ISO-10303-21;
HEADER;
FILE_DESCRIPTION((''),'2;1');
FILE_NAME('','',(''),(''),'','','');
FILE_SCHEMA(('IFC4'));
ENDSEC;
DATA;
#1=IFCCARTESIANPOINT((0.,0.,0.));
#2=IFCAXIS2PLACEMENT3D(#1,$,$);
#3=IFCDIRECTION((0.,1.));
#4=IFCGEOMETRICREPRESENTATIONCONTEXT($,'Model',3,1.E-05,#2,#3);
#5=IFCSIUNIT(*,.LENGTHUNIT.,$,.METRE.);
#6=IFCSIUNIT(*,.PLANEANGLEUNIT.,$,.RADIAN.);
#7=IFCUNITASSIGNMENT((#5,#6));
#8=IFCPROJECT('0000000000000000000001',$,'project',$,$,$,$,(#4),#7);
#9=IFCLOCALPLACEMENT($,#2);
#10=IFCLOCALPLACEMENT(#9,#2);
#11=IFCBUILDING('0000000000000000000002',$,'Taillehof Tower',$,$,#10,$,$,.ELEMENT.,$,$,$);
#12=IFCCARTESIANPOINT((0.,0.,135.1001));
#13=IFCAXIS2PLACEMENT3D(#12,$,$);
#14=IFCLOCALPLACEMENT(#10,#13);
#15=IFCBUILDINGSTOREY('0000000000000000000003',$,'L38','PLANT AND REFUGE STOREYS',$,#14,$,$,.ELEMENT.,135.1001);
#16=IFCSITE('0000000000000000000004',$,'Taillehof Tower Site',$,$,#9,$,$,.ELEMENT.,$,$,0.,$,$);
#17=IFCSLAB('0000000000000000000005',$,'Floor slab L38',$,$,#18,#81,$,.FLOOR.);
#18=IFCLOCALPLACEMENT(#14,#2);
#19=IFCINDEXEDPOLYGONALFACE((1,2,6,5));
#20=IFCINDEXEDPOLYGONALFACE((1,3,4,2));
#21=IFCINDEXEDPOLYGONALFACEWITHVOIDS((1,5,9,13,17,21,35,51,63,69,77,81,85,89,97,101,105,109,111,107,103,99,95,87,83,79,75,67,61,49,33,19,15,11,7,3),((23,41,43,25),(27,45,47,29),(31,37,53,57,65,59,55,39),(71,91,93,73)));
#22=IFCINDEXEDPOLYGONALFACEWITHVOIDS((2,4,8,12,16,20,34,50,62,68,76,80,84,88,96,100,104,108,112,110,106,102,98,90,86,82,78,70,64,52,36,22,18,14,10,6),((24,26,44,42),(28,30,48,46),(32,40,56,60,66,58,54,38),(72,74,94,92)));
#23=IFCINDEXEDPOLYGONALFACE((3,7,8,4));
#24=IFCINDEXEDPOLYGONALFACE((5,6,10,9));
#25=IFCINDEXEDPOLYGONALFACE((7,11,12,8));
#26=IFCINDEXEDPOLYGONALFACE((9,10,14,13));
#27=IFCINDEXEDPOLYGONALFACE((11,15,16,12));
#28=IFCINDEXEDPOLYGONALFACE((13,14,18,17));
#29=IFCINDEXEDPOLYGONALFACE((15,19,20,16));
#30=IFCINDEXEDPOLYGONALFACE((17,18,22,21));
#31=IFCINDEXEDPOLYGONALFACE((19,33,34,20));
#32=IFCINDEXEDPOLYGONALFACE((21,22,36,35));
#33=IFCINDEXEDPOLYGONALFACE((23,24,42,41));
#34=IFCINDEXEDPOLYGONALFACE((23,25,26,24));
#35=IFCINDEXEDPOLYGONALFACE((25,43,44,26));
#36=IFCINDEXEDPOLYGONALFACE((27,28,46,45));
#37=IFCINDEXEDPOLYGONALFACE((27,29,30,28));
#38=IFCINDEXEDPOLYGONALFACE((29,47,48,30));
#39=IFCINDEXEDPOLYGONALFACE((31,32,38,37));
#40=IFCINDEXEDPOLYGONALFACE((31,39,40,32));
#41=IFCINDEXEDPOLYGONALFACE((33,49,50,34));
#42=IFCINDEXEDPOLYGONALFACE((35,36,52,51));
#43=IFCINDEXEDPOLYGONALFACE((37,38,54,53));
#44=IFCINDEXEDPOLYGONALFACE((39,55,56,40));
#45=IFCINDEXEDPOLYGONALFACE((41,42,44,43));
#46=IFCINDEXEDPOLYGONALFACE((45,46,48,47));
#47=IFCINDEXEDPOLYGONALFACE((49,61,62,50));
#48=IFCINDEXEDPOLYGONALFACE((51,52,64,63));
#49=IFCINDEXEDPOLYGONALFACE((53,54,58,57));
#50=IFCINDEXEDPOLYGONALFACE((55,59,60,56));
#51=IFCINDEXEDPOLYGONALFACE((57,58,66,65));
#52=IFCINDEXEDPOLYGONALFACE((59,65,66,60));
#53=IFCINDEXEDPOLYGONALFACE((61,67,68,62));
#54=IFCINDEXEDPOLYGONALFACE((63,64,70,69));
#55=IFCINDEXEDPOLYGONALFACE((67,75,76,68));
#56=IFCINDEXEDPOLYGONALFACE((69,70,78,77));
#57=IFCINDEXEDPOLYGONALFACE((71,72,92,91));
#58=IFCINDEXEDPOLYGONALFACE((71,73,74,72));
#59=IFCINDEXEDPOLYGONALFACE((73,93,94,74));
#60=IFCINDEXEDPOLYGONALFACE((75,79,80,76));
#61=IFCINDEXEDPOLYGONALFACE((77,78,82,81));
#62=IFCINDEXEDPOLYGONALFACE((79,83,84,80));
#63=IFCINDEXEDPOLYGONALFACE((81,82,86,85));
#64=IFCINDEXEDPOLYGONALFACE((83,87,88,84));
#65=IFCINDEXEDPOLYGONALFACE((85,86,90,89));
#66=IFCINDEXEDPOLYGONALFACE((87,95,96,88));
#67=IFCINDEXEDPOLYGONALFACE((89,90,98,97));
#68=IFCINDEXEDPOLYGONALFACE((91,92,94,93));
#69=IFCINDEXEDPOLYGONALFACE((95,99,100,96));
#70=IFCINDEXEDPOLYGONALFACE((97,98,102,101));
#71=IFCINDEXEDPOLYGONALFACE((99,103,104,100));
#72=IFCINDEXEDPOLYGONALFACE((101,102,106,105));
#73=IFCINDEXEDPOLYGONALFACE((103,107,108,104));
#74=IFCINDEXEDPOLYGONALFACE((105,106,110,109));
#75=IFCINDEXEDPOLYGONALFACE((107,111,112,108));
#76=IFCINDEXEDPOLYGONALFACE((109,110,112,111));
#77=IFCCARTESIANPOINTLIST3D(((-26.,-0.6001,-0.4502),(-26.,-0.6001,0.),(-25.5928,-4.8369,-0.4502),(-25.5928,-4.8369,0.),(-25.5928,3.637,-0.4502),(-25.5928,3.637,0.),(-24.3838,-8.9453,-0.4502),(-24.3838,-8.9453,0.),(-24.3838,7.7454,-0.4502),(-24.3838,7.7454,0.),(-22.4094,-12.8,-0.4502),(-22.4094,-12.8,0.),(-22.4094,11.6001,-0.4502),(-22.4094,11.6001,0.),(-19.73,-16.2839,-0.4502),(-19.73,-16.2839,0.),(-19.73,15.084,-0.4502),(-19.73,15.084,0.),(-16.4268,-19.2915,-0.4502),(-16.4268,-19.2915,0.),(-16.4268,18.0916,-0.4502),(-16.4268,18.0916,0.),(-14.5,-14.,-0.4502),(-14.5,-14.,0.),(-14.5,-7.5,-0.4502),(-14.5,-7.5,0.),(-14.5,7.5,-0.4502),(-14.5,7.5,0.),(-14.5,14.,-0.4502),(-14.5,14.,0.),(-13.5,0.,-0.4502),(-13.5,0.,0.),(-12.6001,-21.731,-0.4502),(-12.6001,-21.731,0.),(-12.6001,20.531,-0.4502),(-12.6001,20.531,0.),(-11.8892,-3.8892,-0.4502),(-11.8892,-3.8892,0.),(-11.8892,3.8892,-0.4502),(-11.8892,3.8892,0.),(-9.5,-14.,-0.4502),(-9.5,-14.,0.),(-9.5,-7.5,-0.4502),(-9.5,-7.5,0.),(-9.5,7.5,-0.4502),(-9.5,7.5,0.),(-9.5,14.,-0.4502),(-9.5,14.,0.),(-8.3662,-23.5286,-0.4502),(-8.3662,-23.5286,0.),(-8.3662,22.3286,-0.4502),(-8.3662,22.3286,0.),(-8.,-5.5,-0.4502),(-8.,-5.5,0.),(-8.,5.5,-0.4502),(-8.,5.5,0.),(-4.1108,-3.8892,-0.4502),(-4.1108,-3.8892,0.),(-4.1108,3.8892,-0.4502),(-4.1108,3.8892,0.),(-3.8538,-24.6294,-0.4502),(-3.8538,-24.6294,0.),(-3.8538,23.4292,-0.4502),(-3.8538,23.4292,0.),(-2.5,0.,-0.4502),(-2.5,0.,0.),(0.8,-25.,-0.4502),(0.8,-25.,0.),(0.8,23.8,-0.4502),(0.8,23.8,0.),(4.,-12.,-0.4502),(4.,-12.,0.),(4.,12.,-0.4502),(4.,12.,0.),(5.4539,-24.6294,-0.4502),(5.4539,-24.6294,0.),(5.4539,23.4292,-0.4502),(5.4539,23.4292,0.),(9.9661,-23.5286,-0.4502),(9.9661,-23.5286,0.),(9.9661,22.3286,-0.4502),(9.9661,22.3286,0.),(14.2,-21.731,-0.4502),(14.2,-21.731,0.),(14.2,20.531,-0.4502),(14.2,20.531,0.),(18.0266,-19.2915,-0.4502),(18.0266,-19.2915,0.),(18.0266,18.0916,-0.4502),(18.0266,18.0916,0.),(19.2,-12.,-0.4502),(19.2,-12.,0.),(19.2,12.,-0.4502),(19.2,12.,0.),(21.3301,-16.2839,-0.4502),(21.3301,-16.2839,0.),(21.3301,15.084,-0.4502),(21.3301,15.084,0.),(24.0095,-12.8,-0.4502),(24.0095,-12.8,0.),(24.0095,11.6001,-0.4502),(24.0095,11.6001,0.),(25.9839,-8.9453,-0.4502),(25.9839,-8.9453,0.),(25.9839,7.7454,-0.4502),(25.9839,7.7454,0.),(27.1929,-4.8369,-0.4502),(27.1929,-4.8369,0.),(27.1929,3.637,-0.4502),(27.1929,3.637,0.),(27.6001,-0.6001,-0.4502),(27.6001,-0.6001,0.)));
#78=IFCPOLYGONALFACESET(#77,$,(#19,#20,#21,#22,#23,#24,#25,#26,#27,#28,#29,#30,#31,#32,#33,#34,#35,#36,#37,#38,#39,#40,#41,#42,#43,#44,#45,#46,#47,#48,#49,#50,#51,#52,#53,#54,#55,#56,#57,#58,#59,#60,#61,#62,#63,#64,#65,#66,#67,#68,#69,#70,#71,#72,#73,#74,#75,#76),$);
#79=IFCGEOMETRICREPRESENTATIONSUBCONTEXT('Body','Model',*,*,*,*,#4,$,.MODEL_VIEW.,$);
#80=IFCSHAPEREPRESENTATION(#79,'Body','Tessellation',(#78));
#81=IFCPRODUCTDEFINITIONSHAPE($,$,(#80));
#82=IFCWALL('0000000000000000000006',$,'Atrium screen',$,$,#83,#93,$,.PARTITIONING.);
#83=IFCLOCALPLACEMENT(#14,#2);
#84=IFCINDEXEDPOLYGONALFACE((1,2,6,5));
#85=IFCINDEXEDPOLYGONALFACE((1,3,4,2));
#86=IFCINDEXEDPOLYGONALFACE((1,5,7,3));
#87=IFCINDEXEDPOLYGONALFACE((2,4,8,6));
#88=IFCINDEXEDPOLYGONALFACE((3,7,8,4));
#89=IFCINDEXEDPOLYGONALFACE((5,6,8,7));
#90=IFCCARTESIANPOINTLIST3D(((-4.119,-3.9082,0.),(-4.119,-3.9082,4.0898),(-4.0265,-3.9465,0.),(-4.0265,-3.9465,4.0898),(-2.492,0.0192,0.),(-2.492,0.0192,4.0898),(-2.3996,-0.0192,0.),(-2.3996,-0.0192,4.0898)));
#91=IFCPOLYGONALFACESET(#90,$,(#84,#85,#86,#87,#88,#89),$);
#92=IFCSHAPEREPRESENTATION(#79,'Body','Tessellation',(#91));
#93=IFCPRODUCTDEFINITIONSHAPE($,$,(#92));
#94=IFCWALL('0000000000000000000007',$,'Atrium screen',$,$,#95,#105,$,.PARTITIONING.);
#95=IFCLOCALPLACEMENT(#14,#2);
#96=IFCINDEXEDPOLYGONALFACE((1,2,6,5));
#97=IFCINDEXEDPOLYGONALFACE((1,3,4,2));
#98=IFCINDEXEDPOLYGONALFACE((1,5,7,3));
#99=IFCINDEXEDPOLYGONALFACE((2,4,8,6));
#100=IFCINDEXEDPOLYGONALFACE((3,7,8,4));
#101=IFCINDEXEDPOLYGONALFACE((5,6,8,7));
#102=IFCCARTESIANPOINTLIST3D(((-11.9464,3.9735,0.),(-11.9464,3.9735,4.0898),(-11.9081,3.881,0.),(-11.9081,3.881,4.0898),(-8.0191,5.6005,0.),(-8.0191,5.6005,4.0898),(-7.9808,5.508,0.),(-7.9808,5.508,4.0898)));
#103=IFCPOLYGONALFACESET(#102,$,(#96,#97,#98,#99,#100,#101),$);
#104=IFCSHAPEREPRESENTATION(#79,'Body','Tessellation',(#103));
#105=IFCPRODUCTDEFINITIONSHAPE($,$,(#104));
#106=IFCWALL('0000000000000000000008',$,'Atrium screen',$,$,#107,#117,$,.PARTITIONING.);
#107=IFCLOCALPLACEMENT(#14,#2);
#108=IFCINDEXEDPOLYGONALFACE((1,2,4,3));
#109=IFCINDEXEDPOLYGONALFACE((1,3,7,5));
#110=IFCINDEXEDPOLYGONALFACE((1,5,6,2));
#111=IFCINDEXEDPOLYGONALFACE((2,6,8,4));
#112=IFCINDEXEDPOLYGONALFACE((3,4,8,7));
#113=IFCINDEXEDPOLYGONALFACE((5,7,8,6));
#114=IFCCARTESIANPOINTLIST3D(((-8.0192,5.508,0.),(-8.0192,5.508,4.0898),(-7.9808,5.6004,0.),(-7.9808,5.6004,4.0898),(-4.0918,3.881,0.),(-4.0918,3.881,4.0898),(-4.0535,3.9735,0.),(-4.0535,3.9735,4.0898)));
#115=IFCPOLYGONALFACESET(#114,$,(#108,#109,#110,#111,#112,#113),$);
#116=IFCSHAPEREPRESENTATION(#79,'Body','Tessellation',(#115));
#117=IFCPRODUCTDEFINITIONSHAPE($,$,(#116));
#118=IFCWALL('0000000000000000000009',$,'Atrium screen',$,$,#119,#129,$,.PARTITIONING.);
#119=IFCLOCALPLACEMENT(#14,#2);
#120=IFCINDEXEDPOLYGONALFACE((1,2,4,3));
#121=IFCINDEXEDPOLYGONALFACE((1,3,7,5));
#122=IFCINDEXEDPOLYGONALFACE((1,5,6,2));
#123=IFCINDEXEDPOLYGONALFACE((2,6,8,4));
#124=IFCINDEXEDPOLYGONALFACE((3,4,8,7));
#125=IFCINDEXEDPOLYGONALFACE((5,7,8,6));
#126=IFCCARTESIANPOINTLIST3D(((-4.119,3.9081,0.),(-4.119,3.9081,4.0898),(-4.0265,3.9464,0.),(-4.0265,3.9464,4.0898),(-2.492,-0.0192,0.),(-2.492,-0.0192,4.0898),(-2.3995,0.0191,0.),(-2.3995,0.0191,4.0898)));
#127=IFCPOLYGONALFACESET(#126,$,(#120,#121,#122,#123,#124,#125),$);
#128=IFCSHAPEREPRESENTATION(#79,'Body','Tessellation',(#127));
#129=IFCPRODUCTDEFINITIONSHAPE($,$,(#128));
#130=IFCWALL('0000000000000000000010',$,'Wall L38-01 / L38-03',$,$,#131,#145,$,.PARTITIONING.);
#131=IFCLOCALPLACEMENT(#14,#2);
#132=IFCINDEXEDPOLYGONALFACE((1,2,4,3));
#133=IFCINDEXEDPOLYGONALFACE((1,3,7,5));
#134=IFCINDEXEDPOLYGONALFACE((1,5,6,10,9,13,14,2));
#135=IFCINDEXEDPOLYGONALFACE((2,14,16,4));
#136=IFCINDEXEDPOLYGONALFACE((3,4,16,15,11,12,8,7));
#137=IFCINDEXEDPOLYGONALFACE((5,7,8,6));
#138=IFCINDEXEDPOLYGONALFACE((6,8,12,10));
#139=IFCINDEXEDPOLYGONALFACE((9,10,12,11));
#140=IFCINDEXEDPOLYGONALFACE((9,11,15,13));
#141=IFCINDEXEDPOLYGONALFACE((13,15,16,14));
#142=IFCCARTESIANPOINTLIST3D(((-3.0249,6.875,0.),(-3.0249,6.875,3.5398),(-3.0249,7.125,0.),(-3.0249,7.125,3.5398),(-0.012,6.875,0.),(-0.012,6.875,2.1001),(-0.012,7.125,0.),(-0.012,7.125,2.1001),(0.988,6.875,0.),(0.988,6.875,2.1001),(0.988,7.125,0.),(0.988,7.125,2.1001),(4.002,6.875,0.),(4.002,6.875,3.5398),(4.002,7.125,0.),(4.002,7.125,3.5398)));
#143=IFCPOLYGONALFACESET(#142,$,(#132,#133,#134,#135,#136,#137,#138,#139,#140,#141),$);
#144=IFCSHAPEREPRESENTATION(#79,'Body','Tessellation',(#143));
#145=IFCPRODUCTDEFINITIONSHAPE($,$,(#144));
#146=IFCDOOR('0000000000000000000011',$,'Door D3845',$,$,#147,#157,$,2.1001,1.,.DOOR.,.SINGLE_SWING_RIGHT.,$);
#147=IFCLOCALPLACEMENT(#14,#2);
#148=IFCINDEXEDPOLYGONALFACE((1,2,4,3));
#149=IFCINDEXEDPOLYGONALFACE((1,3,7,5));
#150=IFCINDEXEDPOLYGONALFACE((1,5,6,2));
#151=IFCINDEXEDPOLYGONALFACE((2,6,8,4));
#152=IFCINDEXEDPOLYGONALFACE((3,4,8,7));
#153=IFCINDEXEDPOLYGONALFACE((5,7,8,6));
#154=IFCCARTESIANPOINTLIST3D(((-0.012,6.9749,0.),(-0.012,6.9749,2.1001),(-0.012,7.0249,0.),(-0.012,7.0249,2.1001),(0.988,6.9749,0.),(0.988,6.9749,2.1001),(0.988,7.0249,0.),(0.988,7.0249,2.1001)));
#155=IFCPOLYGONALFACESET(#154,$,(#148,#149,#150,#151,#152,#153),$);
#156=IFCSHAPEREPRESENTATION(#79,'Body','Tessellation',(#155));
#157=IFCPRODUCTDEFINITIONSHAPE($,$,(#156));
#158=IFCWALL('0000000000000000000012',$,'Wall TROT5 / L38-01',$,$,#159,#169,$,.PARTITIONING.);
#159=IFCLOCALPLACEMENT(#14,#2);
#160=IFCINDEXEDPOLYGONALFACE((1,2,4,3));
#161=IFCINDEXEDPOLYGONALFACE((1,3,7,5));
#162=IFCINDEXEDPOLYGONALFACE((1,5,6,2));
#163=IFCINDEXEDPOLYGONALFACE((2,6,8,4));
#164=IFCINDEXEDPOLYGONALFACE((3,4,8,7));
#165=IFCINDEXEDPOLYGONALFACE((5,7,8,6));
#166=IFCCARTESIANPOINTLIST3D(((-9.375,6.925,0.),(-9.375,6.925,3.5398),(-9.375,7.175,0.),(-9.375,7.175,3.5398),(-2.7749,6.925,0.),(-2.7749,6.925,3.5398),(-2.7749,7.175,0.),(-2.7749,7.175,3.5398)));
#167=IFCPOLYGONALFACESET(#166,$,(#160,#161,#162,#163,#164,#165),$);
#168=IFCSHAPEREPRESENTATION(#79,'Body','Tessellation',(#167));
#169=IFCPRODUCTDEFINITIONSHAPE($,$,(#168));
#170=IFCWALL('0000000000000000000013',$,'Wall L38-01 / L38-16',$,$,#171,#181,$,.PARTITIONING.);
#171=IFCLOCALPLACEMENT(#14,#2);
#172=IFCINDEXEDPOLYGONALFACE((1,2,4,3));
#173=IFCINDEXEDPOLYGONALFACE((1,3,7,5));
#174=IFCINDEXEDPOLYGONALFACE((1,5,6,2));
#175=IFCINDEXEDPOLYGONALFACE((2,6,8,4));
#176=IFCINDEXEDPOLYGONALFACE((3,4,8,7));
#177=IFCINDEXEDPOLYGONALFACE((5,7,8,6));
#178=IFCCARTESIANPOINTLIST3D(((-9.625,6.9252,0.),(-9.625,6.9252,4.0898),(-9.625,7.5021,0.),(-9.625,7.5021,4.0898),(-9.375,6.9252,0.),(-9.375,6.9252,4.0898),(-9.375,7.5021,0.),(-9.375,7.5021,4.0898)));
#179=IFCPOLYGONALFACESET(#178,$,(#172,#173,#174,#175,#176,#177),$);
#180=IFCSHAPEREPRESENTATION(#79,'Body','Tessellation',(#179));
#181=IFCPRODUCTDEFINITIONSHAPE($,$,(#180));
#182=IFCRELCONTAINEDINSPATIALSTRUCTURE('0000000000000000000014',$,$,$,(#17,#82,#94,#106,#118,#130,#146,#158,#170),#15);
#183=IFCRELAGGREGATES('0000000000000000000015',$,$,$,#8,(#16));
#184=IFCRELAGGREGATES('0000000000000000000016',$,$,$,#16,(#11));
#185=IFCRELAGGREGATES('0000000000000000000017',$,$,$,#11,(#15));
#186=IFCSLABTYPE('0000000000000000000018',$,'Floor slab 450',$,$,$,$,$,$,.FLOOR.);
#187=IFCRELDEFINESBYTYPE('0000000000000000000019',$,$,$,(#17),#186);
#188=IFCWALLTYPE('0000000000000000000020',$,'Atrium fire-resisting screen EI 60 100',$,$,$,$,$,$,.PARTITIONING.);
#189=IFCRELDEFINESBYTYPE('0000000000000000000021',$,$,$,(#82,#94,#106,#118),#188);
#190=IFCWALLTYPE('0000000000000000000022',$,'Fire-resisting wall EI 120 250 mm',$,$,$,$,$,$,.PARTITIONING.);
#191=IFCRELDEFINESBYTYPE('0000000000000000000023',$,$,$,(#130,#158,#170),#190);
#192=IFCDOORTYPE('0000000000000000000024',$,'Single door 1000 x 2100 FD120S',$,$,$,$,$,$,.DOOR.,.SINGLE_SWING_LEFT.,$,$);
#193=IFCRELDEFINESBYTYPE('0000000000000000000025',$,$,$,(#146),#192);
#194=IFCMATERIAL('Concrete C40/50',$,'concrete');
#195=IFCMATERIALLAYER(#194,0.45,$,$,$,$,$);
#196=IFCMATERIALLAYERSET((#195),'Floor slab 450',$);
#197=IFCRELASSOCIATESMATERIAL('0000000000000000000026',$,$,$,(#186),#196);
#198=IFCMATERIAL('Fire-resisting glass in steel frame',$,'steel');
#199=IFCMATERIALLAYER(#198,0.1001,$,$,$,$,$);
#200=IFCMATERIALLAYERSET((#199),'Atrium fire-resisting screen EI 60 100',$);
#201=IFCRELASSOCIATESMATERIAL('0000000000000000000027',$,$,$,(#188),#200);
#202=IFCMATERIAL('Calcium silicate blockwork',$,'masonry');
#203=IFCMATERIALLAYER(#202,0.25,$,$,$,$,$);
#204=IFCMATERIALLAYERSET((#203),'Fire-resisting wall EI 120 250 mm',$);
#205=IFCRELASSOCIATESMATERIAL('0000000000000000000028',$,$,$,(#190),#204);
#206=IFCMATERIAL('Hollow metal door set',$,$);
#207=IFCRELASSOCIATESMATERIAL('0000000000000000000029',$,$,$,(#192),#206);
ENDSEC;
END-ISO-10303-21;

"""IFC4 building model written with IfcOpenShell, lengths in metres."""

from ifc_helpers import new_model, si_unit, direction, frame, frame_2d, origin, place, context, subcontext, project, spatial, polyline, rectangle, outline, extrude, material, layer, layer_set, type_object, element, fill, save


model = new_model("IFC4")

# Units and contexts
model_context = context("Model", 3, precision=1e-05, world=origin(), true_north=direction((0.0, 1.0)))
body_context = subcontext(model_context, "Body", "Model", "MODEL_VIEW")
ifc_project = project(units=[si_unit("LENGTHUNIT", "METRE"), si_unit("PLANEANGLEUNIT", "RADIAN")], contexts=[model_context])

# Site, building, storey
site_placement = place(None, origin())
site = spatial("IfcSite", under=ifc_project, at=site_placement, Name="Taillehof Tower Site", CompositionType="ELEMENT", RefElevation=0.0)
building_placement = place(site_placement, origin())
building = spatial("IfcBuilding", under=site, at=building_placement, Name="Taillehof Tower", CompositionType="ELEMENT")
storey_placement = place(building_placement, frame((0.0, 0.0, 135.1001)))
storey = spatial("IfcBuildingStorey", under=building, at=storey_placement, Name="L38", Description="PLANT AND REFUGE STOREYS", CompositionType="ELEMENT", Elevation=135.1001)

# Slab
ifc_material_1 = material(Name="Concrete C40/50", Category="concrete")
ifc_layer_1 = layer(ifc_material_1, 0.45)
ifc_layer_set_1 = layer_set([ifc_layer_1], Name="Floor slab 450")
slab_type = type_object("IfcSlabType", Name="Floor slab 450", PredefinedType="FLOOR", material=ifc_layer_set_1)
slab_placement = place(storey_placement, frame((0.0, 0.0, -0.4502)))
element("IfcSlab", 1, at=slab_placement, inside=storey, type_object=slab_type, Name="Floor slab L38", PredefinedType="FLOOR", context=body_context, shape_type="SweptSolid", body=[
    extrude(outline(polyline([(27.6001, -0.6001), (27.1929, 3.637), (25.9839, 7.7454), (24.0095, 11.6001), (21.3301, 15.084), (18.0266, 18.0916), (14.2, 20.531), (9.9661, 22.3286), (5.4539, 23.4292), (0.8, 23.8), (-3.8538, 23.4292), (-8.3662, 22.3286), (-12.6001, 20.531), (-16.4268, 18.0916), (-19.73, 15.084), (-22.4094, 11.6001), (-24.3838, 7.7454), (-25.5928, 3.637), (-26.0, -0.6001), (-25.5928, -4.8369), (-24.3838, -8.9453), (-22.4094, -12.8), (-19.73, -16.2839), (-16.4268, -19.2915), (-12.6001, -21.731), (-8.3662, -23.5286), (-3.8538, -24.6294), (0.8, -25.0), (5.4539, -24.6294), (9.9661, -23.5286), (14.2, -21.731), (18.0266, -19.2915), (21.3301, -16.2839), (24.0095, -12.8), (25.9839, -8.9453), (27.1929, -4.8369), (27.6001, -0.6001)]), holes=[polyline([(-14.5, -7.5), (-9.5, -7.5), (-9.5, -14.0), (-14.5, -14.0), (-14.5, -7.5)]), polyline([(-8.0, -5.5), (-11.8892, -3.8892), (-13.5, 0.0), (-11.8892, 3.8892), (-8.0, 5.5), (-4.1108, 3.8892), (-2.5, 0.0), (-4.1108, -3.8892), (-8.0, -5.5)]), polyline([(19.2, 12.0), (19.2, -12.0), (4.0, -12.0), (4.0, 12.0), (19.2, 12.0)]), polyline([(-14.5, 14.0), (-9.5, 14.0), (-9.5, 7.5), (-14.5, 7.5), (-14.5, 14.0)])]), origin(), (0.0, 0.0, 1.0), 0.4502),
])

# Walls
ifc_material_2 = material(Name="Fire-resisting glass in steel frame", Category="steel")
ifc_layer_2 = layer(ifc_material_2, 0.1001)
ifc_layer_set_2 = layer_set([ifc_layer_2], Name="Atrium fire-resisting screen EI 60 100")
wall_type_1 = type_object("IfcWallType", Name="Atrium fire-resisting screen EI 60 100", PredefinedType="PARTITIONING", material=ifc_layer_set_2)
for number, where, z_axis, x_axis, name in (
    (2, (-2.4458, 0.0, 0.0), (0.0, 0.0, 1.0), (-0.382731, -0.92386, 0.0), "Atrium screen"),
    (3, (-11.9272, 3.9272, 0.0), (0.0, 0.0, 1.0), (0.92386, 0.382731, 0.0), "Atrium screen"),
    (4, (-8.0, 5.5542, 0.0), (0.0, 0.0, 1.0), (0.92386, -0.382731, 0.0), "Atrium screen"),
    (5, (-4.0728, 3.9272, 0.0), (0.0, 0.0, 1.0), (0.382731, -0.92386, 0.0), "Atrium screen"),
):
    element("IfcWall", number, at=place(storey_placement, frame(where, z_axis=z_axis, x_axis=x_axis)), inside=storey, type_object=wall_type_1, Name=name, PredefinedType="PARTITIONING", context=body_context, shape_type="SweptSolid", body=[
        extrude(rectangle(XDim=4.251, YDim=0.1001, at=frame_2d((2.1255, 0.0))), origin(), (0.0, 0.0, 1.0), 4.0898),
    ])

# Wall, opening, door
ifc_material_3 = material(Name="Calcium silicate blockwork", Category="masonry")
ifc_layer_3 = layer(ifc_material_3, 0.25)
ifc_layer_set_3 = layer_set([ifc_layer_3], Name="Fire-resisting wall EI 120 250 mm")
wall_type_2 = type_object("IfcWallType", Name="Fire-resisting wall EI 120 250 mm", PredefinedType="PARTITIONING", material=ifc_layer_set_3)
wall_1_placement = place(storey_placement, frame((-3.0249, 7.0, 0.0), z_axis=(0.0, 0.0, 1.0), x_axis=(1.0, 0.0, 0.0)))
wall_1 = element("IfcWall", 6, at=wall_1_placement, inside=storey, type_object=wall_type_2, Name="Wall L38-01 / L38-03", PredefinedType="PARTITIONING", context=body_context, shape_type="SweptSolid", body=[
    extrude(rectangle(XDim=7.0269, YDim=0.25, at=frame_2d((3.5134, 0.0))), origin(), (0.0, 0.0, 1.0), 3.5398),
])
opening_placement = place(wall_1_placement, frame((3.0129, 0.0, 0.0)))
opening = element("IfcOpeningElement", 7, at=opening_placement, cuts=wall_1, PredefinedType="OPENING", context=body_context, shape_type="SweptSolid", body=[
    extrude(rectangle(XDim=1.0, YDim=2.1001, at=frame_2d((0.5, 1.05))), frame((0.0, 0.135, 0.0), z_axis=(0.0, -1.0, 0.0), x_axis=(1.0, 0.0, 0.0)), (0.0, 0.0, 1.0), 0.27),
])
ifc_material_4 = material(Name="Hollow metal door set")
door_type = type_object("IfcDoorType", Name="Single door 1000 x 2100 FD120S", OperationType="SINGLE_SWING_LEFT", PredefinedType="DOOR", material=ifc_material_4)
door_placement = place(opening_placement, origin())
door = element("IfcDoor", 8, at=door_placement, inside=storey, type_object=door_type, Name="Door D3845", OperationType="SINGLE_SWING_RIGHT", OverallHeight=2.1001, OverallWidth=1.0, PredefinedType="DOOR", context=body_context, shape_type="SweptSolid", body=[
    extrude(rectangle(XDim=1.0, YDim=2.1001, at=frame_2d((0.5, 1.05))), frame((0.0, 0.0249, 0.0), z_axis=(0.0, -1.0, 0.0), x_axis=(1.0, 0.0, 0.0)), (0.0, 0.0, 1.0), 0.05),
])
fill(opening, door)

# Walls
wall_2_placement = place(storey_placement, frame((-9.375, 7.05, 0.0), z_axis=(0.0, 0.0, 1.0), x_axis=(1.0, 0.0, 0.0)))
element("IfcWall", 9, at=wall_2_placement, inside=storey, type_object=wall_type_2, Name="Wall TROT5 / L38-01", PredefinedType="PARTITIONING", context=body_context, shape_type="SweptSolid", body=[
    extrude(rectangle(XDim=6.6001, YDim=0.25, at=frame_2d((3.3, 0.0))), origin(), (0.0, 0.0, 1.0), 3.5398),
])
wall_3_placement = place(storey_placement, frame((-9.5, 6.925, 0.0), z_axis=(0.0, 0.0, 1.0), x_axis=(0.0, 1.0, 0.0)))
element("IfcWall", 10, at=wall_3_placement, inside=storey, type_object=wall_type_2, Name="Wall L38-01 / L38-16", PredefinedType="PARTITIONING", context=body_context, shape_type="SweptSolid", body=[
    extrude(rectangle(XDim=0.5769, YDim=0.25, at=frame_2d((0.2886, 0.0))), origin(), (0.0, 0.0, 1.0), 4.0898),
])

save(model, "model.ifc")
